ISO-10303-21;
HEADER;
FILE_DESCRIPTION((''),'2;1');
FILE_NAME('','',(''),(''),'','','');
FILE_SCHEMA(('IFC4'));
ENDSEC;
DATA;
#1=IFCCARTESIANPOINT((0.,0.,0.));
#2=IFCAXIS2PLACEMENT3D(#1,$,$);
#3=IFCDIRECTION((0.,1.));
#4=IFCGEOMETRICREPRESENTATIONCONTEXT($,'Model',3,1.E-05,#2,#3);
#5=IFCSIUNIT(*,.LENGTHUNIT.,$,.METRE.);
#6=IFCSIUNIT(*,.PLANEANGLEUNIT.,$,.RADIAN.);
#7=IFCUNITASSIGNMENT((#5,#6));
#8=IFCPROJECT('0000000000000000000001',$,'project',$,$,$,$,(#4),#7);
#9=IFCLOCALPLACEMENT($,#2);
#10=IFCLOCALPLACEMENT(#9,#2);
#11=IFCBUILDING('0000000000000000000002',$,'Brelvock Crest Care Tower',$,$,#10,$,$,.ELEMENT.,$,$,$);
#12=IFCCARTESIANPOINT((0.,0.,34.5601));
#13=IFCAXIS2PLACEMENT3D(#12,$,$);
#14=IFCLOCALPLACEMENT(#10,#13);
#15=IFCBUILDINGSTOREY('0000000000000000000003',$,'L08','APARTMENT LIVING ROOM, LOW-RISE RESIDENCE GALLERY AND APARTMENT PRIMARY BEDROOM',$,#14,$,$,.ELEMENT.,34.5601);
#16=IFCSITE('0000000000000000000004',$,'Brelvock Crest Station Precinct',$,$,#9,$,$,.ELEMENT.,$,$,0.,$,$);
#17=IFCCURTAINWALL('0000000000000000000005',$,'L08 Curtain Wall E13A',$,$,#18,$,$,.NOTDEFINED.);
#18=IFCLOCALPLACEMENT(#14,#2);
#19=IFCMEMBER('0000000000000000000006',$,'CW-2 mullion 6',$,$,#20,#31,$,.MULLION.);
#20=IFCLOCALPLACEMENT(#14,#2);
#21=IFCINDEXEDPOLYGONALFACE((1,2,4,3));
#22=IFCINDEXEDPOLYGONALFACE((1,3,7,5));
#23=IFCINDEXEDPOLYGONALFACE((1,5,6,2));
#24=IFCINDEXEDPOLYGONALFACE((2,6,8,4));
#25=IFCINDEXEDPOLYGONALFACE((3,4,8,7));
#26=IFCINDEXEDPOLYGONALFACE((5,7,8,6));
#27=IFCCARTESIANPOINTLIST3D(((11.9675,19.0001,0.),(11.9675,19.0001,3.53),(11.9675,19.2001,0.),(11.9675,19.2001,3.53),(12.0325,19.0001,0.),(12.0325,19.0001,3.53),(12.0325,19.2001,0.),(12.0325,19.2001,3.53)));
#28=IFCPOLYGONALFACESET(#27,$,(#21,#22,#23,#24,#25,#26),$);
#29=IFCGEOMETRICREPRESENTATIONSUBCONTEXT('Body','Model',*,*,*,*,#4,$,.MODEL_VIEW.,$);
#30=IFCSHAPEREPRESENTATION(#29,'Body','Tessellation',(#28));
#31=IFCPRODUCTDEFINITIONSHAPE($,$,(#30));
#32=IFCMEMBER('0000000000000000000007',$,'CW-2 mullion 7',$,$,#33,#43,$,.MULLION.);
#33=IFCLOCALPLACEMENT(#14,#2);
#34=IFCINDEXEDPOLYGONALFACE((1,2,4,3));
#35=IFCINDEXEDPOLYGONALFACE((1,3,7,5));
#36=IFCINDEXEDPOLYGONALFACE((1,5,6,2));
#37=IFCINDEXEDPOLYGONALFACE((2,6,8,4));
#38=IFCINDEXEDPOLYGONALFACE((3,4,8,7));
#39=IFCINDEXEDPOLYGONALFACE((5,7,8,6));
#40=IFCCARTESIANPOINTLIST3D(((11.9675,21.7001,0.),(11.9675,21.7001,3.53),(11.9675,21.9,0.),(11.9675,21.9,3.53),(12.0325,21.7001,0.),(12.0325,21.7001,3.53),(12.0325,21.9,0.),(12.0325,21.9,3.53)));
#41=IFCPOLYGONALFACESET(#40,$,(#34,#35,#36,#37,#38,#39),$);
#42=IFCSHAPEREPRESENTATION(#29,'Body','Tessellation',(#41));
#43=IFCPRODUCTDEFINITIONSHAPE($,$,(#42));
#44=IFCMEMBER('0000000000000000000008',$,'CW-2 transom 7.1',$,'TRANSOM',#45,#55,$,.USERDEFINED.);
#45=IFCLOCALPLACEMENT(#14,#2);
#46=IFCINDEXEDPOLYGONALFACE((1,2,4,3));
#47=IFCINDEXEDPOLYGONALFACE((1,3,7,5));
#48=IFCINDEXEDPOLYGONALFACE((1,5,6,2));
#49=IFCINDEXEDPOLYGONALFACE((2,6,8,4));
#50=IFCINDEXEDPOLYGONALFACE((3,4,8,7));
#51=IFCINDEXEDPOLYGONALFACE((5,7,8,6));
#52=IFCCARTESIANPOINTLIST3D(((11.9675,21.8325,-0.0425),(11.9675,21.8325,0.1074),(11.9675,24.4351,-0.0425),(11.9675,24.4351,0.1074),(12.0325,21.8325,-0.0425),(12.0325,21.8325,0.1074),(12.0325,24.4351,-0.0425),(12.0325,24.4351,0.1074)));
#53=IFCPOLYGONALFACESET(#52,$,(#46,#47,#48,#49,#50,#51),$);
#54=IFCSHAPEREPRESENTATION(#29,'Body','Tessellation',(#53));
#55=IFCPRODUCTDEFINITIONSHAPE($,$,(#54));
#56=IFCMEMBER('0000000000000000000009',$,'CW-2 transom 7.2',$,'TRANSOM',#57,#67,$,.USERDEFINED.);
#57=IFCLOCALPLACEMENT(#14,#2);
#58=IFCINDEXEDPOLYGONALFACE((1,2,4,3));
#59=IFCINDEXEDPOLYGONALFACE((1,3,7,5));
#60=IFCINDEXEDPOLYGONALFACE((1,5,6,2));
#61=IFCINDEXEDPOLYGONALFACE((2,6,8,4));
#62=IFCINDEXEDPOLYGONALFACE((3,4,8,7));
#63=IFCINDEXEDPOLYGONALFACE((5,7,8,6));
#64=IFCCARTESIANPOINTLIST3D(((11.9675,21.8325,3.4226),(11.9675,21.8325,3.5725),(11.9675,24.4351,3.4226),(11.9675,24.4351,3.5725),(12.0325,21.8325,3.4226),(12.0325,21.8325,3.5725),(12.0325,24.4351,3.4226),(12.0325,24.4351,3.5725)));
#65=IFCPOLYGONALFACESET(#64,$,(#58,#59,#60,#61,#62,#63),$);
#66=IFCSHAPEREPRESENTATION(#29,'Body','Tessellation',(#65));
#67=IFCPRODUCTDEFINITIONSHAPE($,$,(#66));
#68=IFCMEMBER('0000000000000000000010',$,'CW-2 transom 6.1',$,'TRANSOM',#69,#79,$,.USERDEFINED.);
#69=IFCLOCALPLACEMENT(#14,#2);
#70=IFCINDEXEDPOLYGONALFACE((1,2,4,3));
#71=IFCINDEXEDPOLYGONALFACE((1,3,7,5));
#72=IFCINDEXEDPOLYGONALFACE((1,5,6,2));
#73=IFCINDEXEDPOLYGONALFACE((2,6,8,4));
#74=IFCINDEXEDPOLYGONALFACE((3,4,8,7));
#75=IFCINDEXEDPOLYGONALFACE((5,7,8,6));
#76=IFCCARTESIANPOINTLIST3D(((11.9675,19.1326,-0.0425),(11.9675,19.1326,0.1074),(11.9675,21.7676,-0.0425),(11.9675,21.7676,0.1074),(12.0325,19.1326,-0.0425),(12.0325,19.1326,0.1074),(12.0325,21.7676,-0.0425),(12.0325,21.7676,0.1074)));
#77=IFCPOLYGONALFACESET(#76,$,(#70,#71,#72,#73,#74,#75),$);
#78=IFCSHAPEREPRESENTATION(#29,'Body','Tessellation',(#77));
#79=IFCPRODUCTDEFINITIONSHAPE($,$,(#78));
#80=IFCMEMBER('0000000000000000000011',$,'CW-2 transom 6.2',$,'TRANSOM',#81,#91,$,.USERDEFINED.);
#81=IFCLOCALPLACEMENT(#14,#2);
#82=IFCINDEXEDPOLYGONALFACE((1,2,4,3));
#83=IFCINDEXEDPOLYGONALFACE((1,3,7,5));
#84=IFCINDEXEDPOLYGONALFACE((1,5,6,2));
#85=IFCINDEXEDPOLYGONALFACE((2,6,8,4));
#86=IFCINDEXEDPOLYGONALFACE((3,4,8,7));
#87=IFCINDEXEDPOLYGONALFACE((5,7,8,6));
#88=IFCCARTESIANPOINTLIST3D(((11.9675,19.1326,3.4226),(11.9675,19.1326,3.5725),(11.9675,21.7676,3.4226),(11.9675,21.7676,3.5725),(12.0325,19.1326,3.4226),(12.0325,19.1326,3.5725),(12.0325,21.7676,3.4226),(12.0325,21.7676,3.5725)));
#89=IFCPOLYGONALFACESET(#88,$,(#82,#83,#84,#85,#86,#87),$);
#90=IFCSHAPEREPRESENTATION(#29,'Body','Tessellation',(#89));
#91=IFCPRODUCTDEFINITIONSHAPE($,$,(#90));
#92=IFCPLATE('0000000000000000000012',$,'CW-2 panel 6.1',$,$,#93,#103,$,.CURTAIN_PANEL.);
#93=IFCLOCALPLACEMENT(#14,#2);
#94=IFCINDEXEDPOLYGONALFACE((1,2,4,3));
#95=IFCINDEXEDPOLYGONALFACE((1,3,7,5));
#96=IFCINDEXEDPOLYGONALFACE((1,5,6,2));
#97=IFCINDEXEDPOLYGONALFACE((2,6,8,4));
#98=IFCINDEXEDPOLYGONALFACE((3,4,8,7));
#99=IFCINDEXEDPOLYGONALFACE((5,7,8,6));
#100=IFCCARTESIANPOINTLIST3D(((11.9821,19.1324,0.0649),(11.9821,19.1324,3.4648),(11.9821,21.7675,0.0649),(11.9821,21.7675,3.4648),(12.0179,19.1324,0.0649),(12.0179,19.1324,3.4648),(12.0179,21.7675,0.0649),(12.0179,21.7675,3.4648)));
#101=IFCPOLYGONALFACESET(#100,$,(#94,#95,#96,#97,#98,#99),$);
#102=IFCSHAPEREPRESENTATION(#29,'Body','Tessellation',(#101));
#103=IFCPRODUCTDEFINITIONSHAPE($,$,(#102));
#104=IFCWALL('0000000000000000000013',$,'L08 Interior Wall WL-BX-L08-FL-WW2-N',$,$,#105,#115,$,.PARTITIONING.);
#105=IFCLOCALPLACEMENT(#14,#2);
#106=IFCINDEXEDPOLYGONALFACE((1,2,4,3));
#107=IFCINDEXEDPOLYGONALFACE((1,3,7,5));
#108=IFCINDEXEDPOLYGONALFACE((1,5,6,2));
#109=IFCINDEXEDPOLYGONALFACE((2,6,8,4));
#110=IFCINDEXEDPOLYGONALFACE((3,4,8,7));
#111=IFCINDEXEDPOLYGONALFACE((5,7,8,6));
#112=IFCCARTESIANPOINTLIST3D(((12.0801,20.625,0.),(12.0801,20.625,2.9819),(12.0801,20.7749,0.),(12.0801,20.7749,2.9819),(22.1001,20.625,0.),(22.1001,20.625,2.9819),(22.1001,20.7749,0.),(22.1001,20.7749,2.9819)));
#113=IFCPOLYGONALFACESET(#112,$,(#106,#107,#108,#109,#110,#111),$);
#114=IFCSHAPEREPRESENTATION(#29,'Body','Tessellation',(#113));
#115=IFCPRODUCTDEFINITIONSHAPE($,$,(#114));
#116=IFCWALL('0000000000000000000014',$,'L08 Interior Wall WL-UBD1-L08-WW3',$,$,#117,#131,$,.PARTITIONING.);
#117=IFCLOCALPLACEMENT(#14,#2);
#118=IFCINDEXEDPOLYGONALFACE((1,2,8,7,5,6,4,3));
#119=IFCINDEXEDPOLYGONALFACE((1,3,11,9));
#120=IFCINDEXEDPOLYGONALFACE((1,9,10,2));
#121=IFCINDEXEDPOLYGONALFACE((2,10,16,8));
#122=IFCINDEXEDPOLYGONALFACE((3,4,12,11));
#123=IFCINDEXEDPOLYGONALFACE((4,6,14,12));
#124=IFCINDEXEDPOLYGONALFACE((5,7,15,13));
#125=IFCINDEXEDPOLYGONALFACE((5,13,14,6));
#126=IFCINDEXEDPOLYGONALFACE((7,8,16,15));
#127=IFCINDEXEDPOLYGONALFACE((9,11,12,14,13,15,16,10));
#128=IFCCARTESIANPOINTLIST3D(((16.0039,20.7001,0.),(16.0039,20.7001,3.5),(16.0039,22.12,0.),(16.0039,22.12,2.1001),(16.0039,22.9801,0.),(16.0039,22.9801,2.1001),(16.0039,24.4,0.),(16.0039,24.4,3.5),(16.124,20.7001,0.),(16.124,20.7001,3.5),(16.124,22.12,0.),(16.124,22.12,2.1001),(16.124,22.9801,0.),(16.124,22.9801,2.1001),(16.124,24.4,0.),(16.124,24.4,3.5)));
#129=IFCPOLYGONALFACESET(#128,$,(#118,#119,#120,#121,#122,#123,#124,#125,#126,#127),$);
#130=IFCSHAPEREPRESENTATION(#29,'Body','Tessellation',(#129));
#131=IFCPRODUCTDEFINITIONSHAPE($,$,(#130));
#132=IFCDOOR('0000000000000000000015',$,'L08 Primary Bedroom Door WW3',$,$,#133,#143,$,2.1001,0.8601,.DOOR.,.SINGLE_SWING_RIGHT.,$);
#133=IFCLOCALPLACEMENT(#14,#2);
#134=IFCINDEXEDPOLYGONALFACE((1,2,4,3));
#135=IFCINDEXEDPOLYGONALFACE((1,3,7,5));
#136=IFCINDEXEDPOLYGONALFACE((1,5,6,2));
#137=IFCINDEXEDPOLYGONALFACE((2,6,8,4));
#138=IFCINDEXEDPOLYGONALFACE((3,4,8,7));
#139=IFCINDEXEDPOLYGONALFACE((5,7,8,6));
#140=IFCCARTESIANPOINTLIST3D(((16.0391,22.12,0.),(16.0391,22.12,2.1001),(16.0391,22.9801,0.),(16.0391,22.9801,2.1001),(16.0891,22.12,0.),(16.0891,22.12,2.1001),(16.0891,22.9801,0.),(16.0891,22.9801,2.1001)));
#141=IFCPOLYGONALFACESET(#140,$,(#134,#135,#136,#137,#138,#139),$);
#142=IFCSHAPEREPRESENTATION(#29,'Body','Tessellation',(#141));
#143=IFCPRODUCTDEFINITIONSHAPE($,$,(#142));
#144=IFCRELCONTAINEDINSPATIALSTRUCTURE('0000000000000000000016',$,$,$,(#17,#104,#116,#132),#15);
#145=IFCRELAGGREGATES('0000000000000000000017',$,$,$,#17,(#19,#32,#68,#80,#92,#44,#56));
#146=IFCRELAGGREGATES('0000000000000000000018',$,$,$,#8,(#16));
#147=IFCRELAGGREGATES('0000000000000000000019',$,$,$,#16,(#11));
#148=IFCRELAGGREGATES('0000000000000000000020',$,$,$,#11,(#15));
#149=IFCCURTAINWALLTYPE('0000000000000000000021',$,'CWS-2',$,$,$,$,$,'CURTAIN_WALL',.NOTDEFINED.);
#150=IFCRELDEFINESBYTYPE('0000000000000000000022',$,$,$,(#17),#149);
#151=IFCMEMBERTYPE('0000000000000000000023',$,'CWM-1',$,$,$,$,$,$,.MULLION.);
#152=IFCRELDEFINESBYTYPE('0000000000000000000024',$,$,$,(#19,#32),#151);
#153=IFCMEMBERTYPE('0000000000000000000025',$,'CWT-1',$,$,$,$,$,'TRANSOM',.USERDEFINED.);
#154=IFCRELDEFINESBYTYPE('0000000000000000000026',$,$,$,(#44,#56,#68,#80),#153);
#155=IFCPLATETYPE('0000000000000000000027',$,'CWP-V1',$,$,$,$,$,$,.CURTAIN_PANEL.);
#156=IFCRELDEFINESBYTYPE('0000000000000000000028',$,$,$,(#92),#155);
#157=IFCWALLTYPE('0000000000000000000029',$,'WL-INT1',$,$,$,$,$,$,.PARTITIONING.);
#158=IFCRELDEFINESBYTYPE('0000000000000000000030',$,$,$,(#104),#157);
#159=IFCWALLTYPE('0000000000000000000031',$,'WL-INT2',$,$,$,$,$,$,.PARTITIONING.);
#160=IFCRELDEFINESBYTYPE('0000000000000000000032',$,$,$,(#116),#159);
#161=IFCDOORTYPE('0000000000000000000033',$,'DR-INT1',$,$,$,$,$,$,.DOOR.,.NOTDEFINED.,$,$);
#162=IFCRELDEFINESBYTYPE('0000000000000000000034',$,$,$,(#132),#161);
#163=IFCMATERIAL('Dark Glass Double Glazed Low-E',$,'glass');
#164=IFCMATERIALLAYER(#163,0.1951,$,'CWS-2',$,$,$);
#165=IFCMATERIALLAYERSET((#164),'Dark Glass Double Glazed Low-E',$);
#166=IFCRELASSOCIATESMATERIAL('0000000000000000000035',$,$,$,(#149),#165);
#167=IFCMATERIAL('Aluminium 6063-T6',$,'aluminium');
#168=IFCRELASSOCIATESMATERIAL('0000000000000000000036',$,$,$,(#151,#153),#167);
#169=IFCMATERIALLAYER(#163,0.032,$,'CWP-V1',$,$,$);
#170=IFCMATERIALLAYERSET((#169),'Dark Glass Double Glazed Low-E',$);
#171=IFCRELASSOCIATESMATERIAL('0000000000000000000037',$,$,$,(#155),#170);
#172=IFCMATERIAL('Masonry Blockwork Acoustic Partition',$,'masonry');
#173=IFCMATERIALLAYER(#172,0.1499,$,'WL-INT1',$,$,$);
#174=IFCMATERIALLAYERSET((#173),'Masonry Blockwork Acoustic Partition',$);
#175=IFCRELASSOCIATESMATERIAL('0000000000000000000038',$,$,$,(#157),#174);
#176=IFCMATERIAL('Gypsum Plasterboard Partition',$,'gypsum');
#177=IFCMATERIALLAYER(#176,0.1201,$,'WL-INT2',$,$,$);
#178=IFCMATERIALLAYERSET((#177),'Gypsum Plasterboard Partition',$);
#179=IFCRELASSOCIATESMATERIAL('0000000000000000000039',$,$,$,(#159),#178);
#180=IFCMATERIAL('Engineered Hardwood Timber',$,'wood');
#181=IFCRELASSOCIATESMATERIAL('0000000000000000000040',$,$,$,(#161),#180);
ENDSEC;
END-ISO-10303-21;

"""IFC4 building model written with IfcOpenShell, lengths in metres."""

from ifc_helpers import new_model, si_unit, direction, frame, frame_2d, origin, origin_2d, place, context, subcontext, project, spatial, rectangle, extrude, source, transform, mapped, material, layer, layer_set, material_profile, profile_set, type_object, element, fill, aggregate, save


model = new_model("IFC4")

# Units and contexts
model_context = context("Model", 3, precision=1e-05, world=origin(), true_north=direction((0.0, 1.0)))
body_context = subcontext(model_context, "Body", "Model", "MODEL_VIEW")
ifc_project = project(units=[si_unit("LENGTHUNIT", "METRE"), si_unit("PLANEANGLEUNIT", "RADIAN")], contexts=[model_context])

# Site, building, storey
site_placement = place(None, origin())
site = spatial("IfcSite", under=ifc_project, at=site_placement, Name="Brelvock Crest Station Precinct", CompositionType="ELEMENT", RefElevation=0.0)
building_placement = place(site_placement, origin())
building = spatial("IfcBuilding", under=site, at=building_placement, Name="Brelvock Crest Care Tower", CompositionType="ELEMENT")
storey_placement = place(building_placement, frame((0.0, 0.0, 34.5601)))
storey = spatial("IfcBuildingStorey", under=building, at=storey_placement, Name="L08", Description="APARTMENT LIVING ROOM, LOW-RISE RESIDENCE GALLERY AND APARTMENT PRIMARY BEDROOM", CompositionType="ELEMENT", Elevation=34.5601)

# Curtain wall, members, plate
ifc_material_1 = material(Name="Dark Glass Double Glazed Low-E", Category="glass")
ifc_layer_1 = layer(ifc_material_1, 0.1951, Name="CWS-2")
ifc_layer_set_1 = layer_set([ifc_layer_1], Name="Dark Glass Double Glazed Low-E")
curtain_wall_type = type_object("IfcCurtainWallType", Name="CWS-2", ElementType="CURTAIN_WALL", PredefinedType="NOTDEFINED", material=ifc_layer_set_1)
curtain_wall_placement = place(storey_placement, origin())
curtain_wall = element("IfcCurtainWall", 1, at=curtain_wall_placement, inside=storey, type_object=curtain_wall_type, Name="L08 Curtain Wall E13A", PredefinedType="NOTDEFINED")
ifc_material_2 = material(Name="Aluminium 6063-T6", Category="aluminium")
ifc_material_profile_1 = material_profile(ifc_material_2, rectangle(XDim=0.0649, YDim=0.2, at=origin_2d()), Name="ALU65x200")
ifc_profile_set_1 = profile_set([ifc_material_profile_1], Name="Aluminium 6063-T6")
member_type_1 = type_object("IfcMemberType", Name="CWM-1", PredefinedType="MULLION", material=ifc_profile_set_1)
shared_shape_1 = source(origin(), body_context, "Body", "SweptSolid", [
    extrude(rectangle(XDim=0.0649, YDim=0.2, at=origin_2d()), origin(), (0.0, 0.0, 1.0), 3.53),
])
member_1_placement = place(storey_placement, frame((12.0, 19.1001, 0.0), z_axis=(0.0, 0.0, 1.0), x_axis=(-1.0, 0.0, 0.0)))
member_1 = element("IfcMember", 2, at=member_1_placement, type_object=member_type_1, Name="CW-2 mullion 6", PredefinedType="MULLION", context=body_context, shape_type="MappedRepresentation", body=[
    mapped(shared_shape_1, transform((0.0, 0.0, 0.0), x_axis=(1.0, 0.0, 0.0), y_axis=(0.0, 1.0, 0.0), z_axis=(0.0, 0.0, 1.0), scale=1.0)),
])
member_2_placement = place(storey_placement, frame((12.0, 21.8, 0.0), z_axis=(0.0, 0.0, 1.0), x_axis=(-1.0, 0.0, 0.0)))
member_2 = element("IfcMember", 3, at=member_2_placement, type_object=member_type_1, Name="CW-2 mullion 7", PredefinedType="MULLION", context=body_context, shape_type="MappedRepresentation", body=[
    mapped(shared_shape_1, transform((0.0, 0.0, 0.0), x_axis=(1.0, 0.0, 0.0), y_axis=(0.0, 1.0, 0.0), z_axis=(0.0, 0.0, 1.0), scale=1.0)),
])
ifc_material_profile_2 = material_profile(ifc_material_2, rectangle(XDim=0.0649, YDim=0.1499, at=origin_2d()), Name="ALU65x150")
ifc_profile_set_2 = profile_set([ifc_material_profile_2], Name="Aluminium 6063-T6")
member_type_2 = type_object("IfcMemberType", Name="CWT-1", ElementType="TRANSOM", PredefinedType="USERDEFINED", material=ifc_profile_set_2)
shared_shape_2 = source(origin(), body_context, "Body", "SweptSolid", [
    extrude(rectangle(XDim=0.0649, YDim=0.1499, at=origin_2d()), origin(), (0.0, 0.0, 1.0), 2.6025),
])
member_3_placement = place(storey_placement, frame((12.0, 21.8325, 0.0325), z_axis=(0.0, 1.0, 0.0), x_axis=(-1.0, 0.0, 0.0)))
member_3 = element("IfcMember", 4, at=member_3_placement, type_object=member_type_2, Name="CW-2 transom 7.1", ObjectType="TRANSOM", PredefinedType="USERDEFINED", context=body_context, shape_type="MappedRepresentation", body=[
    mapped(shared_shape_2, transform((0.0, 0.0, 0.0), x_axis=(1.0, 0.0, 0.0), y_axis=(0.0, 1.0, 0.0), z_axis=(0.0, 0.0, 1.0), scale=1.0)),
])
member_4_placement = place(storey_placement, frame((12.0, 21.8325, 3.4976), z_axis=(0.0, 1.0, 0.0), x_axis=(-1.0, 0.0, 0.0)))
member_4 = element("IfcMember", 5, at=member_4_placement, type_object=member_type_2, Name="CW-2 transom 7.2", ObjectType="TRANSOM", PredefinedType="USERDEFINED", context=body_context, shape_type="MappedRepresentation", body=[
    mapped(shared_shape_2, transform((0.0, 0.0, 0.0), x_axis=(1.0, 0.0, 0.0), y_axis=(0.0, 1.0, 0.0), z_axis=(0.0, 0.0, 1.0), scale=1.0)),
])
shared_shape_3 = source(origin(), body_context, "Body", "SweptSolid", [
    extrude(rectangle(XDim=0.0649, YDim=0.1499, at=origin_2d()), origin(), (0.0, 0.0, 1.0), 2.635),
])
member_5_placement = place(storey_placement, frame((12.0, 19.1326, 0.0325), z_axis=(0.0, 1.0, 0.0), x_axis=(-1.0, 0.0, 0.0)))
member_5 = element("IfcMember", 6, at=member_5_placement, type_object=member_type_2, Name="CW-2 transom 6.1", ObjectType="TRANSOM", PredefinedType="USERDEFINED", context=body_context, shape_type="MappedRepresentation", body=[
    mapped(shared_shape_3, transform((0.0, 0.0, 0.0), x_axis=(1.0, 0.0, 0.0), y_axis=(0.0, 1.0, 0.0), z_axis=(0.0, 0.0, 1.0), scale=1.0)),
])
member_6_placement = place(storey_placement, frame((12.0, 19.1326, 3.4976), z_axis=(0.0, 1.0, 0.0), x_axis=(-1.0, 0.0, 0.0)))
member_6 = element("IfcMember", 7, at=member_6_placement, type_object=member_type_2, Name="CW-2 transom 6.2", ObjectType="TRANSOM", PredefinedType="USERDEFINED", context=body_context, shape_type="MappedRepresentation", body=[
    mapped(shared_shape_3, transform((0.0, 0.0, 0.0), x_axis=(1.0, 0.0, 0.0), y_axis=(0.0, 1.0, 0.0), z_axis=(0.0, 0.0, 1.0), scale=1.0)),
])
ifc_layer_2 = layer(ifc_material_1, 0.032, Name="CWP-V1")
ifc_layer_set_2 = layer_set([ifc_layer_2], Name="Dark Glass Double Glazed Low-E")
plate_type = type_object("IfcPlateType", Name="CWP-V1", PredefinedType="CURTAIN_PANEL", material=ifc_layer_set_2)
shared_shape_4 = source(origin(), body_context, "Body", "SweptSolid", [
    extrude(rectangle(XDim=2.635, YDim=0.0359, at=origin_2d()), origin(), (0.0, 0.0, 1.0), 3.3999),
])
plate_placement = place(storey_placement, frame((12.0, 20.45, 0.0649), z_axis=(0.0, 0.0, 1.0), x_axis=(0.0, 1.0, 0.0)))
plate = element("IfcPlate", 8, at=plate_placement, type_object=plate_type, Name="CW-2 panel 6.1", PredefinedType="CURTAIN_PANEL", context=body_context, shape_type="MappedRepresentation", body=[
    mapped(shared_shape_4, transform((0.0, 0.0, 0.0), x_axis=(1.0, 0.0, 0.0), y_axis=(0.0, 1.0, 0.0), z_axis=(0.0, 0.0, 1.0), scale=1.0)),
])
aggregate(curtain_wall, [member_1, member_2, member_5, member_6, plate, member_3, member_4])

# Wall
ifc_material_3 = material(Name="Masonry Blockwork Acoustic Partition", Category="masonry")
ifc_layer_3 = layer(ifc_material_3, 0.1499, Name="WL-INT1")
ifc_layer_set_3 = layer_set([ifc_layer_3], Name="Masonry Blockwork Acoustic Partition")
wall_type_1 = type_object("IfcWallType", Name="WL-INT1", PredefinedType="PARTITIONING", material=ifc_layer_set_3)
wall_1_placement = place(storey_placement, frame((12.0801, 20.7, 0.0), z_axis=(0.0, 0.0, 1.0), x_axis=(1.0, 0.0, 0.0)))
element("IfcWall", 9, at=wall_1_placement, inside=storey, type_object=wall_type_1, Name="L08 Interior Wall WL-BX-L08-FL-WW2-N", PredefinedType="PARTITIONING", context=body_context, shape_type="SweptSolid", body=[
    extrude(rectangle(XDim=10.02, YDim=0.1499, at=frame_2d((5.01, 0.0))), origin(), (0.0, 0.0, 1.0), 2.9819),
])

# Wall, opening, door
ifc_material_4 = material(Name="Gypsum Plasterboard Partition", Category="gypsum")
ifc_layer_4 = layer(ifc_material_4, 0.1201, Name="WL-INT2")
ifc_layer_set_4 = layer_set([ifc_layer_4], Name="Gypsum Plasterboard Partition")
wall_type_2 = type_object("IfcWallType", Name="WL-INT2", PredefinedType="PARTITIONING", material=ifc_layer_set_4)
wall_2_placement = place(storey_placement, frame((16.064, 20.7, 0.0), z_axis=(0.0, 0.0, 1.0), x_axis=(0.0, 1.0, 0.0)))
wall_2 = element("IfcWall", 10, at=wall_2_placement, inside=storey, type_object=wall_type_2, Name="L08 Interior Wall WL-UBD1-L08-WW3", PredefinedType="PARTITIONING", context=body_context, shape_type="SweptSolid", body=[
    extrude(rectangle(XDim=3.7, YDim=0.1201, at=frame_2d((1.8501, 0.0))), origin(), (0.0, 0.0, 1.0), 3.5),
])
opening_placement = place(wall_2_placement, frame((1.4199, 0.0, 0.0)))
opening = element("IfcOpeningElement", 11, at=opening_placement, cuts=wall_2, PredefinedType="OPENING", context=body_context, shape_type="SweptSolid", body=[
    extrude(rectangle(XDim=0.8601, YDim=2.1001, at=origin_2d()), frame((0.4302, 0.0701, 1.05), z_axis=(0.0, -1.0, 0.0), x_axis=(1.0, 0.0, 0.0)), (0.0, 0.0, 1.0), 0.1401),
])
ifc_material_5 = material(Name="Engineered Hardwood Timber", Category="wood")
door_type = type_object("IfcDoorType", Name="DR-INT1", OperationType="NOTDEFINED", PredefinedType="DOOR", material=ifc_material_5)
shared_shape_5 = source(origin(), body_context, "Body", "SweptSolid", [
    extrude(rectangle(XDim=0.8601, YDim=2.1001, at=origin_2d()), frame((0.4302, 0.0249, 1.05), z_axis=(0.0, -1.0, 0.0), x_axis=(1.0, 0.0, 0.0)), (0.0, 0.0, 1.0), 0.05),
])
door_placement = place(opening_placement, origin())
door = element("IfcDoor", 12, at=door_placement, inside=storey, type_object=door_type, Name="L08 Primary Bedroom Door WW3", OperationType="SINGLE_SWING_RIGHT", OverallHeight=2.1001, OverallWidth=0.8601, PredefinedType="DOOR", context=body_context, shape_type="MappedRepresentation", body=[
    mapped(shared_shape_5, transform((0.0, 0.0, 0.0), x_axis=(1.0, 0.0, 0.0), y_axis=(0.0, 1.0, 0.0), z_axis=(0.0, 0.0, 1.0), scale=1.0)),
])
fill(opening, door)

save(model, "model.ifc")
